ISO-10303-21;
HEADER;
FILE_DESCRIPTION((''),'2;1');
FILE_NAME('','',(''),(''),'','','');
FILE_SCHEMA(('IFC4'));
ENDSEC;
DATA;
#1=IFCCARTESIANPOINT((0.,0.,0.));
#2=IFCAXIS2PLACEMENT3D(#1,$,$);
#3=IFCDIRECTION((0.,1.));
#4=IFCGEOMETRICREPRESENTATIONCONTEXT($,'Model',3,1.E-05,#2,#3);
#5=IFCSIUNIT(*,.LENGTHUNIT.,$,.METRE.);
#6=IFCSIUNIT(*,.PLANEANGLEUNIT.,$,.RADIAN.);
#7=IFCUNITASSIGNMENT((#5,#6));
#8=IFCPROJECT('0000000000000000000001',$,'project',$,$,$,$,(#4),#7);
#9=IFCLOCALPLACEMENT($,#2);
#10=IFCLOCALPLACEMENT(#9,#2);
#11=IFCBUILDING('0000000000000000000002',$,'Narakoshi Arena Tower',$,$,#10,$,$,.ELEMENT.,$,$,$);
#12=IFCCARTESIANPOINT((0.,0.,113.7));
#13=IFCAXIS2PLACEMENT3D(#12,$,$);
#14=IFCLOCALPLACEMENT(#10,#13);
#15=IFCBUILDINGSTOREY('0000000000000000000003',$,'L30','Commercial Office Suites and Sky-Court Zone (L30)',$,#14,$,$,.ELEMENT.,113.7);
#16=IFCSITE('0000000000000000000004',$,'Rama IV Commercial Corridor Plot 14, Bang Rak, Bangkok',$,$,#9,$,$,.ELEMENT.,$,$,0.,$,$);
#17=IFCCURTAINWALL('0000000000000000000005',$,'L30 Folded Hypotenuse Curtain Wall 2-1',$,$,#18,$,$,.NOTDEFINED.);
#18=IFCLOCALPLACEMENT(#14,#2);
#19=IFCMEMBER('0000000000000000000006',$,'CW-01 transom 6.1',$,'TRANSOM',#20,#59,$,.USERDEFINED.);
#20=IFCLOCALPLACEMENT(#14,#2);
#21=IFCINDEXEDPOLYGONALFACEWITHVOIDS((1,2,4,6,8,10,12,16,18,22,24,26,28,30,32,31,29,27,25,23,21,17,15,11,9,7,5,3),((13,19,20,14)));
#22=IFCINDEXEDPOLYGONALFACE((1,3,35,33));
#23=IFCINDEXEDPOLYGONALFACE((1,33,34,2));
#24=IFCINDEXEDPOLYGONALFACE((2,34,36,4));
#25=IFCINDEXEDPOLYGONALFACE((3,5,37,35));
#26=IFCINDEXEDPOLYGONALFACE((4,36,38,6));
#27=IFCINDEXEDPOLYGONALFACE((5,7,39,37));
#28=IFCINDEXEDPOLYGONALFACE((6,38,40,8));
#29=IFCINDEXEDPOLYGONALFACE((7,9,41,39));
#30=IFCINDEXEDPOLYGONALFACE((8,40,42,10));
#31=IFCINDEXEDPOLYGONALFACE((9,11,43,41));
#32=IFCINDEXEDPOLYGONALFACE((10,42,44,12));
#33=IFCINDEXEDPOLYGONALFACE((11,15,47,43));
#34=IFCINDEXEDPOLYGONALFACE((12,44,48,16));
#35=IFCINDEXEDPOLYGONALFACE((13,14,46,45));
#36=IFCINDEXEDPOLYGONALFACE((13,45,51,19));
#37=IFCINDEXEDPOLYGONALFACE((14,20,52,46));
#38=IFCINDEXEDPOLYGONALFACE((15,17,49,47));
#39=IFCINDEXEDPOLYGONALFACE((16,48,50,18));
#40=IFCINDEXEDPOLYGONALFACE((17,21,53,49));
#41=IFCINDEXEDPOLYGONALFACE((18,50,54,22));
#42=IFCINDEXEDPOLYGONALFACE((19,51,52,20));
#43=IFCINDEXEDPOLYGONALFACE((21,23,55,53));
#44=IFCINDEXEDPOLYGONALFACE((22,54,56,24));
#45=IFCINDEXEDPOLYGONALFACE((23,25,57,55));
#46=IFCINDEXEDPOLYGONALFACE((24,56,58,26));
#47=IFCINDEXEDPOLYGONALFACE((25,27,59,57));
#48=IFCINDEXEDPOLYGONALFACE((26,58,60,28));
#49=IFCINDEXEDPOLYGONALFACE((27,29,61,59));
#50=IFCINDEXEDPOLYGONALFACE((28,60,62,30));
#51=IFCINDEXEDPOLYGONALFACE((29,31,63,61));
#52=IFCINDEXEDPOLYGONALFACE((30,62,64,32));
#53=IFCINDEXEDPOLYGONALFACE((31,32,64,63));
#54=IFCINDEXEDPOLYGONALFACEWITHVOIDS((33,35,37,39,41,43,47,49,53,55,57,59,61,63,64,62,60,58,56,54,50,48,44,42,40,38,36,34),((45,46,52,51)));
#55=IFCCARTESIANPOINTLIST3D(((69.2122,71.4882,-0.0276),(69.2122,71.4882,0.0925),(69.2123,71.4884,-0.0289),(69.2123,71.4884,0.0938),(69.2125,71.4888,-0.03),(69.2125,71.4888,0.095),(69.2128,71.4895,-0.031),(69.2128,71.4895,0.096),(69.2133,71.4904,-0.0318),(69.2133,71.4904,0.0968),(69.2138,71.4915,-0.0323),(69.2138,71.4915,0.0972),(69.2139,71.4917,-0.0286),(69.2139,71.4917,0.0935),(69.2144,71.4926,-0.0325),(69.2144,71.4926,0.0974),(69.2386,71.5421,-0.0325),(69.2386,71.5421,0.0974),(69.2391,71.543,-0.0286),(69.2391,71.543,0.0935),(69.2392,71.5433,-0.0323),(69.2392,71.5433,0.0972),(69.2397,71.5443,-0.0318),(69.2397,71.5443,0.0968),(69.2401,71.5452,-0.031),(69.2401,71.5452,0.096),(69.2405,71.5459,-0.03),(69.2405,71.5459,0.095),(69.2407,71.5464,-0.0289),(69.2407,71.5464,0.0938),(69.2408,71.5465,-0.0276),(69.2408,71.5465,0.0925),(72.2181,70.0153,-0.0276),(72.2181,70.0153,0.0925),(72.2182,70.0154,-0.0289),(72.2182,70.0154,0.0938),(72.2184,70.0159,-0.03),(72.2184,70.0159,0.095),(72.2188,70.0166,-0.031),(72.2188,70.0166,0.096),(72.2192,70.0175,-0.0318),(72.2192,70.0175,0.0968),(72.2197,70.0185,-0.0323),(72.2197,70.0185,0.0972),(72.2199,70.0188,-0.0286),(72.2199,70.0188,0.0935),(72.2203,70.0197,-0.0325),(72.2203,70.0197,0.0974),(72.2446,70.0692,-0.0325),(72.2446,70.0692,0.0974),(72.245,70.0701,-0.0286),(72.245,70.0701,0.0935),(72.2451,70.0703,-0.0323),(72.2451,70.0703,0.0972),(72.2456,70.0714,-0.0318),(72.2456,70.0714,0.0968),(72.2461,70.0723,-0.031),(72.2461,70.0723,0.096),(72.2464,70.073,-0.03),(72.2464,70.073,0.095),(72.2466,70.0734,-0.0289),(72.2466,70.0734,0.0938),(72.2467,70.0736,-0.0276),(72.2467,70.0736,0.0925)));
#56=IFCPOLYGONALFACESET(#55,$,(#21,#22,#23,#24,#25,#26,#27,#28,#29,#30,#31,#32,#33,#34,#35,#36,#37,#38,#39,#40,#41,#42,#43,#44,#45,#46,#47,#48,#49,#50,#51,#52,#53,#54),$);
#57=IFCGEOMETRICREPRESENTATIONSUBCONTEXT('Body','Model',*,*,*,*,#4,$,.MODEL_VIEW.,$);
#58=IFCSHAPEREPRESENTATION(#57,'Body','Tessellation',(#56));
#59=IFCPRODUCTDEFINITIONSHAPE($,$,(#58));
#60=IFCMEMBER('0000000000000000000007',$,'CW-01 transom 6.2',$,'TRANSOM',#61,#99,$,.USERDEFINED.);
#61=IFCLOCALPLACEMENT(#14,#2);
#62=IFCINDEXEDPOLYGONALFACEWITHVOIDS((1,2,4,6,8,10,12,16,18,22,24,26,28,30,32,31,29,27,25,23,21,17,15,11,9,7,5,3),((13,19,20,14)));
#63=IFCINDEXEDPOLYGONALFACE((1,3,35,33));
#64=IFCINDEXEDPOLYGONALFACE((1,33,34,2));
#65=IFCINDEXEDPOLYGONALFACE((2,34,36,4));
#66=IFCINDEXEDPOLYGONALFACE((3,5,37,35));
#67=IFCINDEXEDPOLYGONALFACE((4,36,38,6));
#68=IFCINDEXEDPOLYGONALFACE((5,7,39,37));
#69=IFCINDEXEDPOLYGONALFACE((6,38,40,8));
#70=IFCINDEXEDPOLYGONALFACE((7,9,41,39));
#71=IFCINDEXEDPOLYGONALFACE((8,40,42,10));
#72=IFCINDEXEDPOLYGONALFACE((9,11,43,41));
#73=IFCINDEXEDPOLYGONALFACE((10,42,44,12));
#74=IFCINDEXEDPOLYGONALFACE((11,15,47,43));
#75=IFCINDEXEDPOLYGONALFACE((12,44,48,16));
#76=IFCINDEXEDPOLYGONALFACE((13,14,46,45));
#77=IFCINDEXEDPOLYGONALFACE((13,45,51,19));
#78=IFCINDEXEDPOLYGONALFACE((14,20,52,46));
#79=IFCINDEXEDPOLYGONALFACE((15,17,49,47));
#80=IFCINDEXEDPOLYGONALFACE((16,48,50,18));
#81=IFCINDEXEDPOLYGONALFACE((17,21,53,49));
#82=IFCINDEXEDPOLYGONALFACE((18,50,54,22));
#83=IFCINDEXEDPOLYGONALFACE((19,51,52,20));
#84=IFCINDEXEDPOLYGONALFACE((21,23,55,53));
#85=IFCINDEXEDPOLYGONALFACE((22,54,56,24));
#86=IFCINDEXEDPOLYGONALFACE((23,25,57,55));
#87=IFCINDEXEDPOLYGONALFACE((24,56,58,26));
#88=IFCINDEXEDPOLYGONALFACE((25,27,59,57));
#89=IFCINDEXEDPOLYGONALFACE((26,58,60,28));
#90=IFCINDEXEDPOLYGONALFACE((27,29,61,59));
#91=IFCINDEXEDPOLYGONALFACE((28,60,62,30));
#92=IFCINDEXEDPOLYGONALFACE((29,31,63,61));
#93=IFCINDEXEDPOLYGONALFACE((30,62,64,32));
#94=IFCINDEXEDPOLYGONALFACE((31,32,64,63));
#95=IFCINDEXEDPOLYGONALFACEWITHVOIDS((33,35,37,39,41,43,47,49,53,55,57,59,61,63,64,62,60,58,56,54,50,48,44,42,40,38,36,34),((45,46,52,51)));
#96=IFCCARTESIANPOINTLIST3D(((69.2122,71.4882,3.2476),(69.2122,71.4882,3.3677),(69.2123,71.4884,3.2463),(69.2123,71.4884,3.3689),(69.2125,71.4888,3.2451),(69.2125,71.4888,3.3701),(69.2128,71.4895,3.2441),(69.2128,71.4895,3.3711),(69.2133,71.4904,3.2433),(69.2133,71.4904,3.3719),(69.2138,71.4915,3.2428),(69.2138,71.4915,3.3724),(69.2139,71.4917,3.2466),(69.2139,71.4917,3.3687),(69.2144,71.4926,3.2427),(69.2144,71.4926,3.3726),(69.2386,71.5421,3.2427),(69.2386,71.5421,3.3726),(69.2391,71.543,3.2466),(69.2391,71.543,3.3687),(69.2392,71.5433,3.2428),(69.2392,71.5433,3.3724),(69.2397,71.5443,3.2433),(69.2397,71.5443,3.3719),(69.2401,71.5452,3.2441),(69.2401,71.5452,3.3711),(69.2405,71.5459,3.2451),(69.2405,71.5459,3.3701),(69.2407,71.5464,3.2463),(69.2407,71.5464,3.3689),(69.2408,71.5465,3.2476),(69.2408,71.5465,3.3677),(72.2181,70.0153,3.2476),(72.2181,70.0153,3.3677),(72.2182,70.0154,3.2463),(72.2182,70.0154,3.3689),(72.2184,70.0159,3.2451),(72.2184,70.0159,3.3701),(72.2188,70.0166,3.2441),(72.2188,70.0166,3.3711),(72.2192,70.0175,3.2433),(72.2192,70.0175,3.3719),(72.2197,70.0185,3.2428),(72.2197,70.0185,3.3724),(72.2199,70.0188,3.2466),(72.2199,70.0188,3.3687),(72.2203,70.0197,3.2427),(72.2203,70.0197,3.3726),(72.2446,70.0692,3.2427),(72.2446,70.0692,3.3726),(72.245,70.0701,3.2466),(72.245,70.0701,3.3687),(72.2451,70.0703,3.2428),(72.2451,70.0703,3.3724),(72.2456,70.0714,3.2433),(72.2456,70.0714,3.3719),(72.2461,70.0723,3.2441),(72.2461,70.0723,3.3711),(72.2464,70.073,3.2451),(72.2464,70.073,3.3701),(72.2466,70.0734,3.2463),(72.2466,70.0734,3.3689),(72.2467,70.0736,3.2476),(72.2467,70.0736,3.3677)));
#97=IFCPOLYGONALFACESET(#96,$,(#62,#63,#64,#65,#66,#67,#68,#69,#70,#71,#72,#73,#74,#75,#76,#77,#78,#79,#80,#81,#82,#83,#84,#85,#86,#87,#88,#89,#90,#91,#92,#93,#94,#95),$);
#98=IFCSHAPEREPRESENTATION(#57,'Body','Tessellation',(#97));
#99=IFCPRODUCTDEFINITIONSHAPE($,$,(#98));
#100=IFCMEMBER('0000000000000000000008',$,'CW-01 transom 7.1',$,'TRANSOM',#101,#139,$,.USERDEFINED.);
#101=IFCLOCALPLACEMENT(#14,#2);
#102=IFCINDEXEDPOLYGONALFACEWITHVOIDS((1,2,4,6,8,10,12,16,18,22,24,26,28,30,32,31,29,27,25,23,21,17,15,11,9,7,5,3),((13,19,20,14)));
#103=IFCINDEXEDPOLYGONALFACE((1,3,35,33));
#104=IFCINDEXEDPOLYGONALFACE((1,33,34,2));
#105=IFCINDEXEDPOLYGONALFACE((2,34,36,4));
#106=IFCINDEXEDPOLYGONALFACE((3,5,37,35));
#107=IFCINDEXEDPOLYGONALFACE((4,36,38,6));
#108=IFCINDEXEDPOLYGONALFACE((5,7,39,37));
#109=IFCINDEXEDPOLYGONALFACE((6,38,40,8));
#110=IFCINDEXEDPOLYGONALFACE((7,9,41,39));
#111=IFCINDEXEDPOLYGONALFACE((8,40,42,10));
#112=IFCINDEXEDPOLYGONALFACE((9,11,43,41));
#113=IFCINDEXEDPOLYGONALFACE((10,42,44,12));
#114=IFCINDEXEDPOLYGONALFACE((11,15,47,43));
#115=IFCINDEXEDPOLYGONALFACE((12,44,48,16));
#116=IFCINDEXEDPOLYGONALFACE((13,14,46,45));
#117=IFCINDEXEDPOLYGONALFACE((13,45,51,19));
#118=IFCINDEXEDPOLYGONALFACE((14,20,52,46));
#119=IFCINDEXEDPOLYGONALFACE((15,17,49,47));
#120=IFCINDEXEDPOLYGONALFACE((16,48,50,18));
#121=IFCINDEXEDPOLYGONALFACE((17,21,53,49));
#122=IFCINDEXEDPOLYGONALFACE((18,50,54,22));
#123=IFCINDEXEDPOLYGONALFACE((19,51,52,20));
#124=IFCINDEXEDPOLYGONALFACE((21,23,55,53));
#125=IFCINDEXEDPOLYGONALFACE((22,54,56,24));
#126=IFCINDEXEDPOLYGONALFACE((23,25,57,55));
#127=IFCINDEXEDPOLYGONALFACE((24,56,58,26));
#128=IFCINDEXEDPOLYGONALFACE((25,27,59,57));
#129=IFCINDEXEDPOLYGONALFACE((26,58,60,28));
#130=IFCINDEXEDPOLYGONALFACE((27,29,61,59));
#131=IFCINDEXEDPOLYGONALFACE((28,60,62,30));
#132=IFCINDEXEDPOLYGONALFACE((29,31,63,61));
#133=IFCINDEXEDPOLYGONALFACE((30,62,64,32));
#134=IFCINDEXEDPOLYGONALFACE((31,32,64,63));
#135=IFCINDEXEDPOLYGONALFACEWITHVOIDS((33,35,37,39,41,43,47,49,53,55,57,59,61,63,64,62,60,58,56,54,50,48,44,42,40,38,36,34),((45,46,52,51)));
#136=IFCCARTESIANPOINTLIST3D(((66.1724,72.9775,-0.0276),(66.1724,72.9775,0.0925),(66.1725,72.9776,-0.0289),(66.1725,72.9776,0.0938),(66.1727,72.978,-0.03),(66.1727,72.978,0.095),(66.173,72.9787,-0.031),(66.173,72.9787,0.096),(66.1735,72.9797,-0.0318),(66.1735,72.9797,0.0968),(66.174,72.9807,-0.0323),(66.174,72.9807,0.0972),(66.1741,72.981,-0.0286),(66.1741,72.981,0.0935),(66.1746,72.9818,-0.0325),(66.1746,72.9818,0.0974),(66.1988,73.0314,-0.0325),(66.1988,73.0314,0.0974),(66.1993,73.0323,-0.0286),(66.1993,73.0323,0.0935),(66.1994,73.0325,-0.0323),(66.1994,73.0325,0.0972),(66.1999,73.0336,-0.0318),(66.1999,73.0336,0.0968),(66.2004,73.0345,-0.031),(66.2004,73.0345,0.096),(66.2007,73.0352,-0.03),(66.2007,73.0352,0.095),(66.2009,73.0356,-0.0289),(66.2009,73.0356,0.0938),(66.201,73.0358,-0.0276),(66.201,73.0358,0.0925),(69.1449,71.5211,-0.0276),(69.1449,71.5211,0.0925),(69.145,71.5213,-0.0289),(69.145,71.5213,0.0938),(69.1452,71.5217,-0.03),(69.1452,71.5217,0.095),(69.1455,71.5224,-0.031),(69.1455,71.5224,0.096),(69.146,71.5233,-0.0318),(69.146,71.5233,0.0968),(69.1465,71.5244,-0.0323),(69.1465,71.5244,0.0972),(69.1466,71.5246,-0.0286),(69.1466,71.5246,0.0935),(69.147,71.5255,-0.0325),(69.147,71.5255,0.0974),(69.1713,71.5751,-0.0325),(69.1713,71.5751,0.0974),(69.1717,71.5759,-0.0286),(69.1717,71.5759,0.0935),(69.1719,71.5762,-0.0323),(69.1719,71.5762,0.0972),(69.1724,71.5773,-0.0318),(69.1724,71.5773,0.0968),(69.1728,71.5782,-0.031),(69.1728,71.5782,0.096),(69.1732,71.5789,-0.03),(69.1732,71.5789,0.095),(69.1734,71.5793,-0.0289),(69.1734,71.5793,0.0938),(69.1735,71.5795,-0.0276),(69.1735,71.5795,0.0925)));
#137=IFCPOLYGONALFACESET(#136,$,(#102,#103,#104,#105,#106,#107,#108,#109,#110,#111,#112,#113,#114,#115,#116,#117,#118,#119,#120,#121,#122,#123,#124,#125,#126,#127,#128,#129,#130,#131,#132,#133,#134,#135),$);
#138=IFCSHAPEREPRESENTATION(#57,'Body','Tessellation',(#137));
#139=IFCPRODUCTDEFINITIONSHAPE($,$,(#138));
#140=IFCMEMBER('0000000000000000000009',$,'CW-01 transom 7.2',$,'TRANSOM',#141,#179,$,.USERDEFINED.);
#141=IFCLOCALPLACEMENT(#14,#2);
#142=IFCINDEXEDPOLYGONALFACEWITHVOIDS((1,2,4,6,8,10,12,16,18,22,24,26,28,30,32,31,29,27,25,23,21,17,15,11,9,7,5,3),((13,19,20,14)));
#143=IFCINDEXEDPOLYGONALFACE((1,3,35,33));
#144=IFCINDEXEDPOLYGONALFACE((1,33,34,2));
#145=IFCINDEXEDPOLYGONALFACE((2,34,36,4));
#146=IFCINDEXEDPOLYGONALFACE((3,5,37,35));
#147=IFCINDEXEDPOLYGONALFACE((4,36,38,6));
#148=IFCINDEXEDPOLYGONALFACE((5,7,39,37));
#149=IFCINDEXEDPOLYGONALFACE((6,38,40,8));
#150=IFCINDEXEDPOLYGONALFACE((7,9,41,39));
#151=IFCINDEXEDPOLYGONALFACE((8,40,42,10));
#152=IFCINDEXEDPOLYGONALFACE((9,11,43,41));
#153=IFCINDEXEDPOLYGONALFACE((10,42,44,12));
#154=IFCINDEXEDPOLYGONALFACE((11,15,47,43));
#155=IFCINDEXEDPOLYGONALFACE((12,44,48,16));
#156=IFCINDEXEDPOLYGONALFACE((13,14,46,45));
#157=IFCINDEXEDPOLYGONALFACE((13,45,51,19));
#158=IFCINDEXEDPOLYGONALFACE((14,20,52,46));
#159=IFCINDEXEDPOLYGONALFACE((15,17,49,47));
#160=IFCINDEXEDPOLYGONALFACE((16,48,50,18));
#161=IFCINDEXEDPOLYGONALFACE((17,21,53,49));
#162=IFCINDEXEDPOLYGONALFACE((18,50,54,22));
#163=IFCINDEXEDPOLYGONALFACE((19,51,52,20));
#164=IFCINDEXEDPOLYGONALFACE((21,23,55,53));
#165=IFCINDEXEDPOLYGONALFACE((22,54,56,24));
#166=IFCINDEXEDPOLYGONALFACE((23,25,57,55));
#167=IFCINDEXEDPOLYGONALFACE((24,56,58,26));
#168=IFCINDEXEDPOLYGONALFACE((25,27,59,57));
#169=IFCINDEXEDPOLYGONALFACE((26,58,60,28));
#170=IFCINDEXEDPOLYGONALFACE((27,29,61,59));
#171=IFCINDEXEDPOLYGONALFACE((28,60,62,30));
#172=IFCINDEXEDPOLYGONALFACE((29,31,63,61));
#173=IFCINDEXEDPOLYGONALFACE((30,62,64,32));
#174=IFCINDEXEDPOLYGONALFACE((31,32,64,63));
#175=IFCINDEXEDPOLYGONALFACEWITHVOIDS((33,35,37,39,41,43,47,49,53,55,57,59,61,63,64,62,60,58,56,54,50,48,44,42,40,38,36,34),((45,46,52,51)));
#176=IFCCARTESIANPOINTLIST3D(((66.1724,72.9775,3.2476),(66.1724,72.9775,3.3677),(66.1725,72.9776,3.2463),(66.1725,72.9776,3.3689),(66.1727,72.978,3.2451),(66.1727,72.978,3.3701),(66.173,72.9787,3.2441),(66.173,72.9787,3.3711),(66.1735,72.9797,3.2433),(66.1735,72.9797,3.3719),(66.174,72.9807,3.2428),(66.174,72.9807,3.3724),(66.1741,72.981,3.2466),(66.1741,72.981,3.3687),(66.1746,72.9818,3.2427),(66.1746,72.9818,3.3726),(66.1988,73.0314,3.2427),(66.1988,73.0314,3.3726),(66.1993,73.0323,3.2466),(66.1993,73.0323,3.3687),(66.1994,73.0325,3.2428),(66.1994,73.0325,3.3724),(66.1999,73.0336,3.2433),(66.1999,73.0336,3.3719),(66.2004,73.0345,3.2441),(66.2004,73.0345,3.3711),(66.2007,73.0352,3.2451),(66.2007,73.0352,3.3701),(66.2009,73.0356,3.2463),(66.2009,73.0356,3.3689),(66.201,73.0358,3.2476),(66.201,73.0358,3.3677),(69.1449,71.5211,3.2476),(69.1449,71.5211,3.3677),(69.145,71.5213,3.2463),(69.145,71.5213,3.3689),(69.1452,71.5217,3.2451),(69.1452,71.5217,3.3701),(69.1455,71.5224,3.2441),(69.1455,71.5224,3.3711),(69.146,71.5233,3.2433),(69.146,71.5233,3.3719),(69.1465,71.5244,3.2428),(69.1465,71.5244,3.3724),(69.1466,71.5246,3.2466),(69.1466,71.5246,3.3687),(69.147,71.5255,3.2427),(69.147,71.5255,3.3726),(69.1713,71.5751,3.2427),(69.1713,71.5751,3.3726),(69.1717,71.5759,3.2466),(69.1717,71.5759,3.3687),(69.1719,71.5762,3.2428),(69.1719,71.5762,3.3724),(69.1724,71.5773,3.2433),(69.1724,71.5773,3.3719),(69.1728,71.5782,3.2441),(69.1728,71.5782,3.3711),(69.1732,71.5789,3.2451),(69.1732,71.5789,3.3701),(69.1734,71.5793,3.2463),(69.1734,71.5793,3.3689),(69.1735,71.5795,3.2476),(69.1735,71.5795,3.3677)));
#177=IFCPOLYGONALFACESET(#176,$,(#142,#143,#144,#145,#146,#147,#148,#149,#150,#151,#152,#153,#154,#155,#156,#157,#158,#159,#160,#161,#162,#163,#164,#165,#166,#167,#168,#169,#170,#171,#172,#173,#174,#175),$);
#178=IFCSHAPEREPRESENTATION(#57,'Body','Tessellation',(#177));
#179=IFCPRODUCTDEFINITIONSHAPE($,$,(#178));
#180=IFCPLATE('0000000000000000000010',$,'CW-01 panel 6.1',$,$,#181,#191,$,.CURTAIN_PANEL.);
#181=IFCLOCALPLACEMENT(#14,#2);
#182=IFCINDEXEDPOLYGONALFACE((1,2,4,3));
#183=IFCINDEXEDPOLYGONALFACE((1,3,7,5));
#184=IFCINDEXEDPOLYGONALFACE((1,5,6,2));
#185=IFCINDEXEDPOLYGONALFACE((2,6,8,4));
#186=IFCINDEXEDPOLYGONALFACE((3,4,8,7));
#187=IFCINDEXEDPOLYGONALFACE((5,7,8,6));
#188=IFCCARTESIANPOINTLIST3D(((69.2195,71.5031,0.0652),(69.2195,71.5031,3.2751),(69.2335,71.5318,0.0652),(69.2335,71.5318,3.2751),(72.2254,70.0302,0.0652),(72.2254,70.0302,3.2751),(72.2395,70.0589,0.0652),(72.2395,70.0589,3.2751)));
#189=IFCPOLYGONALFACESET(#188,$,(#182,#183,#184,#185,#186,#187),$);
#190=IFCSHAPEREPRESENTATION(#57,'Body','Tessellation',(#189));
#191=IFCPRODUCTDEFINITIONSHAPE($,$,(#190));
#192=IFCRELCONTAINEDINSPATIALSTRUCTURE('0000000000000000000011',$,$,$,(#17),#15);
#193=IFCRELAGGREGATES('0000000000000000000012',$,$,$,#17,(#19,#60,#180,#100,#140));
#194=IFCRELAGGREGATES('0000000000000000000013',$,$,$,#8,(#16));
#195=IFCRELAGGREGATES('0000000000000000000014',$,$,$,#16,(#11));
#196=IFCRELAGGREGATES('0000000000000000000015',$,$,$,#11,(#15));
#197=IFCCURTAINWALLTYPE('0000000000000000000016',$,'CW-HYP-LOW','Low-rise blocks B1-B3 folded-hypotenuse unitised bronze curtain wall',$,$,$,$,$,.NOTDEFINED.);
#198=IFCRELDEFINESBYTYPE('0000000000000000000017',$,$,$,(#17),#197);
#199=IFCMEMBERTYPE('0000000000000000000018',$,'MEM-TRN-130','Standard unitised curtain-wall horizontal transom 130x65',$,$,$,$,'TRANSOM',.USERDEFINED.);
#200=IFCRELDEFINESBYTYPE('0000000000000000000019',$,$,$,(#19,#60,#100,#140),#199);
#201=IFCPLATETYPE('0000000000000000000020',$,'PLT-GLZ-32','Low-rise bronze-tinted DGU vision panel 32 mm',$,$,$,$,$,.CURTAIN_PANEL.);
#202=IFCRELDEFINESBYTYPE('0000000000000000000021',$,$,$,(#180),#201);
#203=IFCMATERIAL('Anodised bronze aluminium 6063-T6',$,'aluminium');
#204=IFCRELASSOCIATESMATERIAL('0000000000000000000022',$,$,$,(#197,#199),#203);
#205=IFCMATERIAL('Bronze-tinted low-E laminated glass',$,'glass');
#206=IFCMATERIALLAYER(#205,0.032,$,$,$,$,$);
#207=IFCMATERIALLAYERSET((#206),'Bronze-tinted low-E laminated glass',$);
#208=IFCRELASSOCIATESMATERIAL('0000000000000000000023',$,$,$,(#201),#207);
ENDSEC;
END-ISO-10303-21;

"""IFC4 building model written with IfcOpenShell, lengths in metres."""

from ifc_helpers import new_model, si_unit, direction, frame, origin, origin_2d, place, context, subcontext, project, spatial, rectangle, hollow_rectangle, extrude, material, layer, layer_set, material_profile, profile_set, type_object, element, aggregate, save


model = new_model("IFC4")

# Units and contexts
model_context = context("Model", 3, precision=1e-05, world=origin(), true_north=direction((0.0, 1.0)))
body_context = subcontext(model_context, "Body", "Model", "MODEL_VIEW")
ifc_project = project(units=[si_unit("LENGTHUNIT", "METRE"), si_unit("PLANEANGLEUNIT", "RADIAN")], contexts=[model_context])

# Site, building, storey
site_placement = place(None, origin())
site = spatial("IfcSite", under=ifc_project, at=site_placement, Name="Rama IV Commercial Corridor Plot 14, Bang Rak, Bangkok", CompositionType="ELEMENT", RefElevation=0.0)
building_placement = place(site_placement, origin())
building = spatial("IfcBuilding", under=site, at=building_placement, Name="Narakoshi Arena Tower", CompositionType="ELEMENT")
storey_placement = place(building_placement, frame((0.0, 0.0, 113.7)))
storey = spatial("IfcBuildingStorey", under=building, at=storey_placement, Name="L30", Description="Commercial Office Suites and Sky-Court Zone (L30)", CompositionType="ELEMENT", Elevation=113.7)

# Curtain wall, members, plate
ifc_material_1 = material(Name="Anodised bronze aluminium 6063-T6", Category="aluminium")
curtain_wall_type = type_object("IfcCurtainWallType", Name="CW-HYP-LOW", Description="Low-rise blocks B1-B3 folded-hypotenuse unitised bronze curtain wall", PredefinedType="NOTDEFINED", material=ifc_material_1)
curtain_wall_placement = place(storey_placement, origin())
curtain_wall = element("IfcCurtainWall", 1, at=curtain_wall_placement, inside=storey, type_object=curtain_wall_type, Name="L30 Folded Hypotenuse Curtain Wall 2-1", PredefinedType="NOTDEFINED")
ifc_material_profile_1 = material_profile(ifc_material_1, hollow_rectangle(XDim=0.0649, YDim=0.1299, WallThickness=0.0039, OuterFilletRadius=0.0049, at=origin_2d()), Name="TRN130x65x4")
ifc_profile_set_1 = profile_set([ifc_material_profile_1], Name="Anodised bronze aluminium 6063-T6")
member_type_1 = type_object("IfcMemberType", Name="MEM-TRN-130", Description="Standard unitised curtain-wall horizontal transom 130x65", ElementType="TRANSOM", PredefinedType="USERDEFINED", material=ifc_profile_set_1)
member_1_placement = place(storey_placement, frame((72.2324, 70.0444, 0.0325), z_axis=(-0.897987, 0.440022, 0.0), x_axis=(-0.440022, -0.897987, 0.0)))
member_1 = element("IfcMember", 2, at=member_1_placement, type_object=member_type_1, Name="CW-01 transom 6.1", ObjectType="TRANSOM", PredefinedType="USERDEFINED", context=body_context, shape_type="SweptSolid", body=[
    extrude(hollow_rectangle(XDim=0.0649, YDim=0.1299, WallThickness=0.0039, OuterFilletRadius=0.0049, at=origin_2d()), origin(), (0.0, 0.0, 1.0), 3.3474),
])
member_2_placement = place(storey_placement, frame((72.2324, 70.0444, 3.3076), z_axis=(-0.897987, 0.440022, 0.0), x_axis=(-0.440022, -0.897987, 0.0)))
member_2 = element("IfcMember", 3, at=member_2_placement, type_object=member_type_1, Name="CW-01 transom 6.2", ObjectType="TRANSOM", PredefinedType="USERDEFINED", context=body_context, shape_type="SweptSolid", body=[
    extrude(hollow_rectangle(XDim=0.0649, YDim=0.1299, WallThickness=0.0039, OuterFilletRadius=0.0049, at=origin_2d()), origin(), (0.0, 0.0, 1.0), 3.3474),
])
member_3_placement = place(storey_placement, frame((69.1592, 71.5503, 0.0325), z_axis=(-0.898012, 0.439971, 0.0), x_axis=(-0.439971, -0.898012, 0.0)))
member_3 = element("IfcMember", 4, at=member_3_placement, type_object=member_type_1, Name="CW-01 transom 7.1", ObjectType="TRANSOM", PredefinedType="USERDEFINED", context=body_context, shape_type="SweptSolid", body=[
    extrude(hollow_rectangle(XDim=0.0649, YDim=0.1299, WallThickness=0.0039, OuterFilletRadius=0.0049, at=origin_2d()), origin(), (0.0, 0.0, 1.0), 3.3101),
])
member_4_placement = place(storey_placement, frame((69.1592, 71.5503, 3.3076), z_axis=(-0.898012, 0.439971, 0.0), x_axis=(-0.439971, -0.898012, 0.0)))
member_4 = element("IfcMember", 5, at=member_4_placement, type_object=member_type_1, Name="CW-01 transom 7.2", ObjectType="TRANSOM", PredefinedType="USERDEFINED", context=body_context, shape_type="SweptSolid", body=[
    extrude(hollow_rectangle(XDim=0.0649, YDim=0.1299, WallThickness=0.0039, OuterFilletRadius=0.0049, at=origin_2d()), origin(), (0.0, 0.0, 1.0), 3.3101),
])
ifc_material_2 = material(Name="Bronze-tinted low-E laminated glass", Category="glass")
ifc_layer_1 = layer(ifc_material_2, 0.032)
ifc_layer_set_1 = layer_set([ifc_layer_1], Name="Bronze-tinted low-E laminated glass")
plate_type = type_object("IfcPlateType", Name="PLT-GLZ-32", Description="Low-rise bronze-tinted DGU vision panel 32 mm", PredefinedType="CURTAIN_PANEL", material=ifc_layer_set_1)
plate_1_placement = place(storey_placement, frame((70.7295, 70.781, 0.0652), z_axis=(0.0, 0.0, 1.0), x_axis=(-0.897996, 0.440005, 0.0)))
plate_1 = element("IfcPlate", 6, at=plate_1_placement, type_object=plate_type, Name="CW-01 panel 6.1", PredefinedType="CURTAIN_PANEL", context=body_context, shape_type="SweptSolid", body=[
    extrude(rectangle(XDim=3.3474, YDim=0.032, at=origin_2d()), origin(), (0.0, 0.0, 1.0), 3.21),
])
aggregate(curtain_wall, [member_1, member_2, plate_1, member_3, member_4])

save(model, "model.ifc")
